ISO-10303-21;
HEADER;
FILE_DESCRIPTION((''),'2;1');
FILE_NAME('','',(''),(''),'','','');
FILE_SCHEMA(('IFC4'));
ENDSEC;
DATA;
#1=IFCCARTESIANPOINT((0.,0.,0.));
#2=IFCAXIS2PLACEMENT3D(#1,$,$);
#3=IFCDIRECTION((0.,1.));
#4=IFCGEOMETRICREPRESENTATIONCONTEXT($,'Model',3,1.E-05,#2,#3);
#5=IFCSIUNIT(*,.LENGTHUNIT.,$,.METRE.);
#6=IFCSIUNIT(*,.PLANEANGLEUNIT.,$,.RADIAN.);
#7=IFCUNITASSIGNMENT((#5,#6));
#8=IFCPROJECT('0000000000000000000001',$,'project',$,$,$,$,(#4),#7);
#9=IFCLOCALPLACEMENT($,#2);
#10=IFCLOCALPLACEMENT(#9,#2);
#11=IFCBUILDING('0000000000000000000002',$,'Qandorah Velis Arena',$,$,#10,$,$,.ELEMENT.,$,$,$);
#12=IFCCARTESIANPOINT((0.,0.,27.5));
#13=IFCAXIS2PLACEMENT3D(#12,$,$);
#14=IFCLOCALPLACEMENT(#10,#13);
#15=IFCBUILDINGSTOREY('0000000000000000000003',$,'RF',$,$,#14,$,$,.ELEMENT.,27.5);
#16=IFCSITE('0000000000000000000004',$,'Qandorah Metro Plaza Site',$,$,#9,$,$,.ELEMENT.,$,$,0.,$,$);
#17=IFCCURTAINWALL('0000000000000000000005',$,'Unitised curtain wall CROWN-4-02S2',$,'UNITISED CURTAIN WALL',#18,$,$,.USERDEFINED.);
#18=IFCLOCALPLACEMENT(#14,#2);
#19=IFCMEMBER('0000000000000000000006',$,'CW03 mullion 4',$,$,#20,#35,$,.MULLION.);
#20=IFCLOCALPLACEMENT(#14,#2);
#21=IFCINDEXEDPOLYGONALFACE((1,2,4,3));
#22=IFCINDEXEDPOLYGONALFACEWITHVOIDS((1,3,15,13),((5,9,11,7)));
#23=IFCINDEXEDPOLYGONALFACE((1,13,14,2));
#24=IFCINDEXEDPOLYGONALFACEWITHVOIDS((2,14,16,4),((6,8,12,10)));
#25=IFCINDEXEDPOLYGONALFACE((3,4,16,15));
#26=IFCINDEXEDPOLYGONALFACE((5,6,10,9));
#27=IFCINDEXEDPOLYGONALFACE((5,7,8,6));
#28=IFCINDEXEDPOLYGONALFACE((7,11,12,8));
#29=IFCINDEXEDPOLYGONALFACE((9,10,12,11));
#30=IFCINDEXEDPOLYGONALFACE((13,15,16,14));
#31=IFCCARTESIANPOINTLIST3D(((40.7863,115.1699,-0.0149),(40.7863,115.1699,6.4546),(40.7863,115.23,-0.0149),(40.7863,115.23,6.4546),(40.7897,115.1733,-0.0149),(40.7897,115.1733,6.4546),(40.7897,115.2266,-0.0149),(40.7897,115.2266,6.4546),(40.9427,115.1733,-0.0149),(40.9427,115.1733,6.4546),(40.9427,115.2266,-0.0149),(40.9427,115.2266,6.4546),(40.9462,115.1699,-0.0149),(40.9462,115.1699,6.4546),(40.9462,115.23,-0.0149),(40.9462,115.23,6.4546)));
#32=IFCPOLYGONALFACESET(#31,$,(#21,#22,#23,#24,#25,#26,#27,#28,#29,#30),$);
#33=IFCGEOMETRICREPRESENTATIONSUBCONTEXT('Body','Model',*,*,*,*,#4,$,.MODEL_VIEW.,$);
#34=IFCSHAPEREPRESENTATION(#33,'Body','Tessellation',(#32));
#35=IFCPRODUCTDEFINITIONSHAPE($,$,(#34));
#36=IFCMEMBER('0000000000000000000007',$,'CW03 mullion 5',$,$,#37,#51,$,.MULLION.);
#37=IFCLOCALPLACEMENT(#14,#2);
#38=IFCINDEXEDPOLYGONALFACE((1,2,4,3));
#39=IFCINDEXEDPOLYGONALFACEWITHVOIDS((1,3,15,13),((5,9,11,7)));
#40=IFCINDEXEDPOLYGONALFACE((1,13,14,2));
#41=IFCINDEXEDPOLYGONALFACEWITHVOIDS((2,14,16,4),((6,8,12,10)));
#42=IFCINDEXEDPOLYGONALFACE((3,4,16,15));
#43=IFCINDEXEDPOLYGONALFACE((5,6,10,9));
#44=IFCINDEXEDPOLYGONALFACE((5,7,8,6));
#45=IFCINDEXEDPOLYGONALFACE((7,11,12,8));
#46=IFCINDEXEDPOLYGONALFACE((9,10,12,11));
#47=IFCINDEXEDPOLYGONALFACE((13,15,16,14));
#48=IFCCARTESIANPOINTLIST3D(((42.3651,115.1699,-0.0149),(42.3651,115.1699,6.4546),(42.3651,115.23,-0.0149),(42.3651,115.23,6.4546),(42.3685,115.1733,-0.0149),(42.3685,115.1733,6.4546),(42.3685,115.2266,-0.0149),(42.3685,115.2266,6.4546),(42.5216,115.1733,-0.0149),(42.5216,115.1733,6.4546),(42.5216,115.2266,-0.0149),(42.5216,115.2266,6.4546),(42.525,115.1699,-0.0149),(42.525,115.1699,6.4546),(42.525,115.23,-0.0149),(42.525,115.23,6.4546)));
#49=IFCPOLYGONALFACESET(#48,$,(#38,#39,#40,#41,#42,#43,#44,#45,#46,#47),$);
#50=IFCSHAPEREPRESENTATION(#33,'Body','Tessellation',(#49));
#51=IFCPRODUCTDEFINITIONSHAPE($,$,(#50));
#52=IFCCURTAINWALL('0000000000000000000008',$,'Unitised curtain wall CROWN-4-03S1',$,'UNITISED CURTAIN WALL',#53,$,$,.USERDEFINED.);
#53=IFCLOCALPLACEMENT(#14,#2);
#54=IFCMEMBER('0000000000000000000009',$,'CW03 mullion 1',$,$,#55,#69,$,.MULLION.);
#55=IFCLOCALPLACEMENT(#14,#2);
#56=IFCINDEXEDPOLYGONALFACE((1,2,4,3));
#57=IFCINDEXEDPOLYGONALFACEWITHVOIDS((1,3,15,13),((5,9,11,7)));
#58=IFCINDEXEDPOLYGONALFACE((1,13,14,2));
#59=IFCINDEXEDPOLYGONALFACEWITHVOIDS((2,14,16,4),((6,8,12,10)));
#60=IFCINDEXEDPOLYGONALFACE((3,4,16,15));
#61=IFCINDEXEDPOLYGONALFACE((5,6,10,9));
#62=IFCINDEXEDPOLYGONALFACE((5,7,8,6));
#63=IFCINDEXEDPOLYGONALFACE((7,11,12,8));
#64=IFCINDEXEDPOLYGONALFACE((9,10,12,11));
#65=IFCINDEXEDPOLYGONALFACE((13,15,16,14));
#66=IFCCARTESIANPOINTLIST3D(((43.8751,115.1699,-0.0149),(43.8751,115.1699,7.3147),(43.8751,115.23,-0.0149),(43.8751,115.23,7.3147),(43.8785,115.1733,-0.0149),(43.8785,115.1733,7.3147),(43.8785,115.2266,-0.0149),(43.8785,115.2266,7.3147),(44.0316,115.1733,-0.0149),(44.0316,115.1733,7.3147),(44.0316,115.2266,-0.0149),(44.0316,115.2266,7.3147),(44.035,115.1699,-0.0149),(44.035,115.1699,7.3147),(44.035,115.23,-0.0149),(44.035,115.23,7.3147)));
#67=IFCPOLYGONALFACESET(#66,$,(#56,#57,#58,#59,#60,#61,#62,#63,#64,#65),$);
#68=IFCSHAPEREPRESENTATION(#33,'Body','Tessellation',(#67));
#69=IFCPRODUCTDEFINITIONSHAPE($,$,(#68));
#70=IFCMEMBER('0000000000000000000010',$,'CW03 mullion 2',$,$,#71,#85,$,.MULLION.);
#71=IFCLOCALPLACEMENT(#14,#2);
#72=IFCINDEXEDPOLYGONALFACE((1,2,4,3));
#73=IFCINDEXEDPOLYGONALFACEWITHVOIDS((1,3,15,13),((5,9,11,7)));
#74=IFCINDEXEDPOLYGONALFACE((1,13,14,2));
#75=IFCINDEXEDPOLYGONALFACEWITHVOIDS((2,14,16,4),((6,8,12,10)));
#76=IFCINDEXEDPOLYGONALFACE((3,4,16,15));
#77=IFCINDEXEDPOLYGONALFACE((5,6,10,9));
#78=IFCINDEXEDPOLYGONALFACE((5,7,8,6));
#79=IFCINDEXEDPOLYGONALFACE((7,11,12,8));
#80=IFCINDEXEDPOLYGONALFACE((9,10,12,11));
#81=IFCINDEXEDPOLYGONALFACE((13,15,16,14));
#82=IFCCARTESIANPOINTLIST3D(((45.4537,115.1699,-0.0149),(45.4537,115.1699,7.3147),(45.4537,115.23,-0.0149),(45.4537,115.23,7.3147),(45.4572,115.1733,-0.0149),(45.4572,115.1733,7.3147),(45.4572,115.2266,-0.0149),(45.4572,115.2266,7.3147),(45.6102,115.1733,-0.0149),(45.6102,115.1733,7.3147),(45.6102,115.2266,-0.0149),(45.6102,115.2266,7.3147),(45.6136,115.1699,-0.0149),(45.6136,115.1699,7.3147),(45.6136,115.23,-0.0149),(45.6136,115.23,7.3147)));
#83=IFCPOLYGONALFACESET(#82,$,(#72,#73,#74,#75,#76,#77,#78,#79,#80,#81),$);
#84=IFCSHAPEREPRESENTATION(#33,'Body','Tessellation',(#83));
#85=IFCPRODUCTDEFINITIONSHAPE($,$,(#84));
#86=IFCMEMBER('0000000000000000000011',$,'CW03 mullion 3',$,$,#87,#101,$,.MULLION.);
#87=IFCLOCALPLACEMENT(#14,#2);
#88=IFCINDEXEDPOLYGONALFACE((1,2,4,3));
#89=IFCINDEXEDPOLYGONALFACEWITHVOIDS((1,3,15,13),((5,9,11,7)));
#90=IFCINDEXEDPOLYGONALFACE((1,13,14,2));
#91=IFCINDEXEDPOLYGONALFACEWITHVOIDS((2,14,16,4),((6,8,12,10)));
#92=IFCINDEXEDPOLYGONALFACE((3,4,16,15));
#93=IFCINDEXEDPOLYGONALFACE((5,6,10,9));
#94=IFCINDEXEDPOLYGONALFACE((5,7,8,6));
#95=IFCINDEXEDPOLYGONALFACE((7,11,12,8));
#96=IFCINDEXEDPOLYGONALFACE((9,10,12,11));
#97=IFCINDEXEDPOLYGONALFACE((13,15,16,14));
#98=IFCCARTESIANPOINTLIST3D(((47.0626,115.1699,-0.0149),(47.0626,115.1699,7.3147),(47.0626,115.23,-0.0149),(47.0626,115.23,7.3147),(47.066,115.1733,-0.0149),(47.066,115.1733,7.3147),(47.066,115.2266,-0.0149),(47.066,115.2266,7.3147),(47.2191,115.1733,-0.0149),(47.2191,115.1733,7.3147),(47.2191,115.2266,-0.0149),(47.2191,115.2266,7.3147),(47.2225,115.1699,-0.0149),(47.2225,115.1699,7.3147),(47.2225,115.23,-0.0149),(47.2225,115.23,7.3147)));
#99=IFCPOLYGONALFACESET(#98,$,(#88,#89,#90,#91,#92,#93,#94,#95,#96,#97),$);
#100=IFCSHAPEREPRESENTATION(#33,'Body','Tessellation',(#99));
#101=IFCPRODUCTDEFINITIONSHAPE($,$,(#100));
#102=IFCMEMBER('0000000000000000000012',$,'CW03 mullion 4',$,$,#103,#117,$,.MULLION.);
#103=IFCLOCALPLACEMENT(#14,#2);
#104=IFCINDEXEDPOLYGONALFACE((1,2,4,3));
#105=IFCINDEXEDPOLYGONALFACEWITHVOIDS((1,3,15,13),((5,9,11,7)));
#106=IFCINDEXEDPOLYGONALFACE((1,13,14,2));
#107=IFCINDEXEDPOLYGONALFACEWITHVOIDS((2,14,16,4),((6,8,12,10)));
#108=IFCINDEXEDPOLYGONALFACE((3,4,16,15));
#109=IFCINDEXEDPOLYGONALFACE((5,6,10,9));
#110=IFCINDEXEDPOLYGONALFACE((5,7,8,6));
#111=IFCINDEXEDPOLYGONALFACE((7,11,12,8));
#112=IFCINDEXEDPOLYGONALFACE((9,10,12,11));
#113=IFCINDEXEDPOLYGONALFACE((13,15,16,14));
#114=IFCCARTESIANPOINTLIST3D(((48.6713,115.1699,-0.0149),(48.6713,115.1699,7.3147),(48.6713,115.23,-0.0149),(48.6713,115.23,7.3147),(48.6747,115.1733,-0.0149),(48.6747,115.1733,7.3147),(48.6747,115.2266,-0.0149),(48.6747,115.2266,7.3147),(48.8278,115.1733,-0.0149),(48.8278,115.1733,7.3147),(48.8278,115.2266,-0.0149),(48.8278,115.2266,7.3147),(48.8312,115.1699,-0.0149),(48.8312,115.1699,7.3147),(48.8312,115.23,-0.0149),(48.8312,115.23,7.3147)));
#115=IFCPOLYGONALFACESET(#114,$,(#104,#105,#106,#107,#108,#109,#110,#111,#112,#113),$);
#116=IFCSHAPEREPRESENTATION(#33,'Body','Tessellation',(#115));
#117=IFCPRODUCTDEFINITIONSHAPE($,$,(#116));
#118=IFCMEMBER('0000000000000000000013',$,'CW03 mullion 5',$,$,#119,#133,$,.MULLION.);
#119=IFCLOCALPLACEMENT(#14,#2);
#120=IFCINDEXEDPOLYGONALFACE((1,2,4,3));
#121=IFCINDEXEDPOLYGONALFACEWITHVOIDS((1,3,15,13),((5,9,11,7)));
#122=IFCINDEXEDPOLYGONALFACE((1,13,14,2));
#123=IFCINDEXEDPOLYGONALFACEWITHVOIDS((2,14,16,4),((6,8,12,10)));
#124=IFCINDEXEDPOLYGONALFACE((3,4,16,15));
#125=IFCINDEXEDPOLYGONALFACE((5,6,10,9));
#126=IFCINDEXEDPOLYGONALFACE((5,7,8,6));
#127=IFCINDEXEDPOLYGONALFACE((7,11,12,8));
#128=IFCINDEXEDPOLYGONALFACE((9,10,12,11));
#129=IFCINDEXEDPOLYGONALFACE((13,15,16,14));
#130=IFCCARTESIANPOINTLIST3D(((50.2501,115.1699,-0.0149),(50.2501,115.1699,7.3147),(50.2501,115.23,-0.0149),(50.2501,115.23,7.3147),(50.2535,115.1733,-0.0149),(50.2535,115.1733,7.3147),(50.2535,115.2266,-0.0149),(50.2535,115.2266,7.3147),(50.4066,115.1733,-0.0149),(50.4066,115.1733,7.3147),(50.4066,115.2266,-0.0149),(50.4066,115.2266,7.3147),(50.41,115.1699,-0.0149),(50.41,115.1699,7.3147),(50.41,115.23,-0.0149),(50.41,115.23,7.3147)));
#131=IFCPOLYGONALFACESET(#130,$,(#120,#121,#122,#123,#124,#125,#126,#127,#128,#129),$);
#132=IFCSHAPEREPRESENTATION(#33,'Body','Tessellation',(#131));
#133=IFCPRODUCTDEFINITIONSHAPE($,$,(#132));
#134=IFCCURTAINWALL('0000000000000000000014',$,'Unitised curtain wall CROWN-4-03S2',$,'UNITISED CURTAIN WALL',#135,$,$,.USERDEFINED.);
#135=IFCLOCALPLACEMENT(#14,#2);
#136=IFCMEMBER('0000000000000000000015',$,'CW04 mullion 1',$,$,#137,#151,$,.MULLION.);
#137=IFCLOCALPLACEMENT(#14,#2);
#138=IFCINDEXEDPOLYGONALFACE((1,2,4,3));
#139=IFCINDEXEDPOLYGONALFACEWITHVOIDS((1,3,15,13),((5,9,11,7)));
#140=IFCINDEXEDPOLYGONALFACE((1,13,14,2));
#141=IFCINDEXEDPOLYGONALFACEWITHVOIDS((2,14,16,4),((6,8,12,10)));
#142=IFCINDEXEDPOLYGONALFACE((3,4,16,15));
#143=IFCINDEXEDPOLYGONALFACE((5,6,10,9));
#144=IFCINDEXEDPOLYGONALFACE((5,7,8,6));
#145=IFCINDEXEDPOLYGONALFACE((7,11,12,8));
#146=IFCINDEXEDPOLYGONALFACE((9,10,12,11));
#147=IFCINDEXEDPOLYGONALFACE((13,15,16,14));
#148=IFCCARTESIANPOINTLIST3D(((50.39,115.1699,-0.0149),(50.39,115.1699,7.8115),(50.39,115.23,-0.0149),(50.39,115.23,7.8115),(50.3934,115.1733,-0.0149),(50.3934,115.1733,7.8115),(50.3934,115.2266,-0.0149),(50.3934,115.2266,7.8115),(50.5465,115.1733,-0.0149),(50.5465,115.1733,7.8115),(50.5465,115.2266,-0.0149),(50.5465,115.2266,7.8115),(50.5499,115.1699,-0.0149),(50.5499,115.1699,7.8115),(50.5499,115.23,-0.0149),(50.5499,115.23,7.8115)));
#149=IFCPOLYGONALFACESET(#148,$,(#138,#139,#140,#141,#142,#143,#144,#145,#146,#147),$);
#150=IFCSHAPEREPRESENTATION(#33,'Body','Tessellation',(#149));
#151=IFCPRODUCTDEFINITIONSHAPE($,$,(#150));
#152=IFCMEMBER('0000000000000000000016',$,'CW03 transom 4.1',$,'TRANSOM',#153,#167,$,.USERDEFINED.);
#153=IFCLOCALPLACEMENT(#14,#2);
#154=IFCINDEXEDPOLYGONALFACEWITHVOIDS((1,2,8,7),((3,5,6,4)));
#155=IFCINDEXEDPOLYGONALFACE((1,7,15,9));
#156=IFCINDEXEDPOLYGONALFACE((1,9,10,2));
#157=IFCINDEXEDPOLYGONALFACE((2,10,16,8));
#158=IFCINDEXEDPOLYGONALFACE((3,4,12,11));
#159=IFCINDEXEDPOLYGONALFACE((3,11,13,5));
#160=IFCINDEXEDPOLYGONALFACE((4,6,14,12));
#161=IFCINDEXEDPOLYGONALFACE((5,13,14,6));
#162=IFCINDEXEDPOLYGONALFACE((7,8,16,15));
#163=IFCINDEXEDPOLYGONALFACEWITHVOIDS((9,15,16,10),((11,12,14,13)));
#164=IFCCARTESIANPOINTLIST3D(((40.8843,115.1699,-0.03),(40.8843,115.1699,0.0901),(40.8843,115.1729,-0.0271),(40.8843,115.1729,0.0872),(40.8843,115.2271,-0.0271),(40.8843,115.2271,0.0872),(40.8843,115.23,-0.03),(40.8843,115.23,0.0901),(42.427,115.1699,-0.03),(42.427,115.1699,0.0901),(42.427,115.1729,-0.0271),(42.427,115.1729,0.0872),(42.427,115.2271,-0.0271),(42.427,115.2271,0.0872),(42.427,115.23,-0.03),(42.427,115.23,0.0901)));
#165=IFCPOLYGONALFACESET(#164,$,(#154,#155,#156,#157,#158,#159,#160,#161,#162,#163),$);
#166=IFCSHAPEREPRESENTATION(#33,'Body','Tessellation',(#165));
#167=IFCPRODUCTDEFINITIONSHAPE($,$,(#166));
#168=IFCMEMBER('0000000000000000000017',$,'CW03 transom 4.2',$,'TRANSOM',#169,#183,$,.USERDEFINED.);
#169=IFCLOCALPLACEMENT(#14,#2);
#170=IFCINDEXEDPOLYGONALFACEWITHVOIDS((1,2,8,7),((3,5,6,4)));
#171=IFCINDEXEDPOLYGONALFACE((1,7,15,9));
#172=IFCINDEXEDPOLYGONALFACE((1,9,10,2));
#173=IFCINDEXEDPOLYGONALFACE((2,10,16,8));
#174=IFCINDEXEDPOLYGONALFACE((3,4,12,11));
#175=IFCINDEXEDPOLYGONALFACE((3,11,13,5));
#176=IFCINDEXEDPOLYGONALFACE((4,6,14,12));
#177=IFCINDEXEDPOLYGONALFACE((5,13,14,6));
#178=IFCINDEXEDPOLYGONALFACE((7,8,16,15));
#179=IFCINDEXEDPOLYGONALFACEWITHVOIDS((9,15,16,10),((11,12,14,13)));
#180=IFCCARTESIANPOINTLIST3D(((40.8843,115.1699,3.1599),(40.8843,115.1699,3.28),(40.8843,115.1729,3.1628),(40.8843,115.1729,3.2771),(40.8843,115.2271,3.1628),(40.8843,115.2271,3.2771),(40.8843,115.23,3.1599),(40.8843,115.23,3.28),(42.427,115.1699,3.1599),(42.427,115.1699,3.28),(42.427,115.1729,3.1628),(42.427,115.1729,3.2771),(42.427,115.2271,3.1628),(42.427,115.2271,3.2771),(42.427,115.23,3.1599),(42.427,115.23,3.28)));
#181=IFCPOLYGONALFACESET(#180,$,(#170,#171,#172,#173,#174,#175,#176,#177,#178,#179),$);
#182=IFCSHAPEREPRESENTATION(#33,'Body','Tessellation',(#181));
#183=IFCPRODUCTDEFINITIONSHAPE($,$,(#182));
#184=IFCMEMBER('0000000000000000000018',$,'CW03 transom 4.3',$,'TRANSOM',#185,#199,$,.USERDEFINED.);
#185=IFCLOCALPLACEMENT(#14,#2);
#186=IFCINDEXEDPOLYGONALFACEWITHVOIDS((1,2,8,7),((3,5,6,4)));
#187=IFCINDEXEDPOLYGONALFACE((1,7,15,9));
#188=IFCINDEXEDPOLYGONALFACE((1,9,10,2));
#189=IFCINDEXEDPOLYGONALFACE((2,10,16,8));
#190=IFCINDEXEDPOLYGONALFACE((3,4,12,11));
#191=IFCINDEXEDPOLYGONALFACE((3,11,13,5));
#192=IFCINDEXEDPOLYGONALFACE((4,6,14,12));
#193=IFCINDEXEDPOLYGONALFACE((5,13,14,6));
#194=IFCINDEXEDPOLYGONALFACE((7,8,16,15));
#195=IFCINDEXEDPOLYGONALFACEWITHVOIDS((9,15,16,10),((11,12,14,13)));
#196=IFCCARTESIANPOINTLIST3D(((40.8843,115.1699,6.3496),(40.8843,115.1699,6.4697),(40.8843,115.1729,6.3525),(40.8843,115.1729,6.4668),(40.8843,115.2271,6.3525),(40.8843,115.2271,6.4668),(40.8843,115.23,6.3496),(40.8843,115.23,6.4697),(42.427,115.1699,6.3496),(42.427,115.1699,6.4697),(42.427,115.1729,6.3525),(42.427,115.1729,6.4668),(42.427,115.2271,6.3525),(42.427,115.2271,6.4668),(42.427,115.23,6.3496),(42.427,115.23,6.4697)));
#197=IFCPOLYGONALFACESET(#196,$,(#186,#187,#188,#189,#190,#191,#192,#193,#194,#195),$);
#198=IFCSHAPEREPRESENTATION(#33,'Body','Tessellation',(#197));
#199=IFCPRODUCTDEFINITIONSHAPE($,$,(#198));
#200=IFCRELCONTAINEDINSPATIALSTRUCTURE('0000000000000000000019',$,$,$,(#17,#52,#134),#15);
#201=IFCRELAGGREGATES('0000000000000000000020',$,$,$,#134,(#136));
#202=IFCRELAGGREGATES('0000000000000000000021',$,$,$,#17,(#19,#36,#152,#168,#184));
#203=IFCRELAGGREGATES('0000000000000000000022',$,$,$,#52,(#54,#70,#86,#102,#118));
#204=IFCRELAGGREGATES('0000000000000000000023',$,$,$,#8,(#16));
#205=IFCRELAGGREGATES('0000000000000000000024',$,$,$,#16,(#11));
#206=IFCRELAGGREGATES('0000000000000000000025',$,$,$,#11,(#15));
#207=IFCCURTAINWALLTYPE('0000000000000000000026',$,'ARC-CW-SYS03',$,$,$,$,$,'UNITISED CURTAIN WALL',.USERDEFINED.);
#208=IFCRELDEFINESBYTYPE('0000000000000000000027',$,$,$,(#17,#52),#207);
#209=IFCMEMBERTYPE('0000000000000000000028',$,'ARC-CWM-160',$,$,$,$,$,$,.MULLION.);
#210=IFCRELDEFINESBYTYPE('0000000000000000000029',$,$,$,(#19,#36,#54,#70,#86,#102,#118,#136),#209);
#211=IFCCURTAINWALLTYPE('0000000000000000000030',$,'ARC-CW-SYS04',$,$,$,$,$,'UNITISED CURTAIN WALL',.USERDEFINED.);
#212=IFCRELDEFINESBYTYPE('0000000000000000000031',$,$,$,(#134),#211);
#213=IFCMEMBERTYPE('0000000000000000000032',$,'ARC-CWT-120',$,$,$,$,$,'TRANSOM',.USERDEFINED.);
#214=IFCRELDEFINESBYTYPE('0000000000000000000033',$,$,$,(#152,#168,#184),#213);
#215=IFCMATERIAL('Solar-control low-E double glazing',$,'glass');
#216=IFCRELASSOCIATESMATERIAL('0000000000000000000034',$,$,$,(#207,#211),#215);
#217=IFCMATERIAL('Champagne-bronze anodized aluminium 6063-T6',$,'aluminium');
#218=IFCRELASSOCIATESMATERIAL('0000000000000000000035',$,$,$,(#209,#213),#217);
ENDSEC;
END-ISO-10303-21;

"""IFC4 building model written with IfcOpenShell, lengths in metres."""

from ifc_helpers import new_model, si_unit, direction, frame, origin, origin_2d, place, context, subcontext, project, spatial, hollow_rectangle, extrude, material, material_profile, profile_set, type_object, element, aggregate, save


model = new_model("IFC4")

# Units and contexts
model_context = context("Model", 3, precision=1e-05, world=origin(), true_north=direction((0.0, 1.0)))
body_context = subcontext(model_context, "Body", "Model", "MODEL_VIEW")
ifc_project = project(units=[si_unit("LENGTHUNIT", "METRE"), si_unit("PLANEANGLEUNIT", "RADIAN")], contexts=[model_context])

# Site, building, storey
site_placement = place(None, origin())
site = spatial("IfcSite", under=ifc_project, at=site_placement, Name="Qandorah Metro Plaza Site", CompositionType="ELEMENT", RefElevation=0.0)
building_placement = place(site_placement, origin())
building = spatial("IfcBuilding", under=site, at=building_placement, Name="Qandorah Velis Arena", CompositionType="ELEMENT")
storey_placement = place(building_placement, frame((0.0, 0.0, 27.5)))
storey = spatial("IfcBuildingStorey", under=building, at=storey_placement, Name="RF", CompositionType="ELEMENT", Elevation=27.5)

# Curtain walls, members
ifc_material_1 = material(Name="Solar-control low-E double glazing", Category="glass")
curtain_wall_type_1 = type_object("IfcCurtainWallType", Name="ARC-CW-SYS03", ElementType="UNITISED CURTAIN WALL", PredefinedType="USERDEFINED", material=ifc_material_1)
curtain_wall_1_placement = place(storey_placement, origin())
curtain_wall_1 = element("IfcCurtainWall", 1, at=curtain_wall_1_placement, inside=storey, type_object=curtain_wall_type_1, Name="Unitised curtain wall CROWN-4-02S2", ObjectType="UNITISED CURTAIN WALL", PredefinedType="USERDEFINED")
ifc_material_2 = material(Name="Champagne-bronze anodized aluminium 6063-T6", Category="aluminium")
ifc_material_profile_1 = material_profile(ifc_material_2, hollow_rectangle(XDim=0.0601, YDim=0.1599, WallThickness=0.0034, at=origin_2d()), Name="ALU MULLION 60x160")
ifc_profile_set_1 = profile_set([ifc_material_profile_1], Name="Champagne-bronze anodized aluminium 6063-T6")
member_type_1 = type_object("IfcMemberType", Name="ARC-CWM-160", PredefinedType="MULLION", material=ifc_profile_set_1)
member_1_placement = place(storey_placement, frame((40.8662, 115.2, -0.0149), z_axis=(0.0, 0.0, 1.0), x_axis=(0.0, 1.0, 0.0)))
member_1 = element("IfcMember", 2, at=member_1_placement, type_object=member_type_1, Name="CW03 mullion 4", PredefinedType="MULLION", context=body_context, shape_type="SweptSolid", body=[
    extrude(hollow_rectangle(XDim=0.0601, YDim=0.1599, WallThickness=0.0034, at=origin_2d()), origin(), (0.0, 0.0, 1.0), 6.4695),
])
member_2_placement = place(storey_placement, frame((42.4451, 115.2, -0.0149), z_axis=(0.0, 0.0, 1.0), x_axis=(0.0, 1.0, 0.0)))
member_2 = element("IfcMember", 3, at=member_2_placement, type_object=member_type_1, Name="CW03 mullion 5", PredefinedType="MULLION", context=body_context, shape_type="SweptSolid", body=[
    extrude(hollow_rectangle(XDim=0.0601, YDim=0.1599, WallThickness=0.0034, at=origin_2d()), origin(), (0.0, 0.0, 1.0), 6.4695),
])
curtain_wall_2_placement = place(storey_placement, origin())
curtain_wall_2 = element("IfcCurtainWall", 4, at=curtain_wall_2_placement, inside=storey, type_object=curtain_wall_type_1, Name="Unitised curtain wall CROWN-4-03S1", ObjectType="UNITISED CURTAIN WALL", PredefinedType="USERDEFINED")
member_3_placement = place(storey_placement, frame((43.9551, 115.2, -0.0149), z_axis=(0.0, 0.0, 1.0), x_axis=(0.0, 1.0, 0.0)))
member_3 = element("IfcMember", 5, at=member_3_placement, type_object=member_type_1, Name="CW03 mullion 1", PredefinedType="MULLION", context=body_context, shape_type="SweptSolid", body=[
    extrude(hollow_rectangle(XDim=0.0601, YDim=0.1599, WallThickness=0.0034, at=origin_2d()), origin(), (0.0, 0.0, 1.0), 7.3296),
])
member_4_placement = place(storey_placement, frame((45.5337, 115.2, -0.0149), z_axis=(0.0, 0.0, 1.0), x_axis=(0.0, 1.0, 0.0)))
member_4 = element("IfcMember", 6, at=member_4_placement, type_object=member_type_1, Name="CW03 mullion 2", PredefinedType="MULLION", context=body_context, shape_type="SweptSolid", body=[
    extrude(hollow_rectangle(XDim=0.0601, YDim=0.1599, WallThickness=0.0034, at=origin_2d()), origin(), (0.0, 0.0, 1.0), 7.3296),
])
member_5_placement = place(storey_placement, frame((47.1426, 115.2, -0.0149), z_axis=(0.0, 0.0, 1.0), x_axis=(0.0, 1.0, 0.0)))
member_5 = element("IfcMember", 7, at=member_5_placement, type_object=member_type_1, Name="CW03 mullion 3", PredefinedType="MULLION", context=body_context, shape_type="SweptSolid", body=[
    extrude(hollow_rectangle(XDim=0.0601, YDim=0.1599, WallThickness=0.0034, at=origin_2d()), origin(), (0.0, 0.0, 1.0), 7.3296),
])
member_6_placement = place(storey_placement, frame((48.7512, 115.2, -0.0149), z_axis=(0.0, 0.0, 1.0), x_axis=(0.0, 1.0, 0.0)))
member_6 = element("IfcMember", 8, at=member_6_placement, type_object=member_type_1, Name="CW03 mullion 4", PredefinedType="MULLION", context=body_context, shape_type="SweptSolid", body=[
    extrude(hollow_rectangle(XDim=0.0601, YDim=0.1599, WallThickness=0.0034, at=origin_2d()), origin(), (0.0, 0.0, 1.0), 7.3296),
])
member_7_placement = place(storey_placement, frame((50.3301, 115.2, -0.0149), z_axis=(0.0, 0.0, 1.0), x_axis=(0.0, 1.0, 0.0)))
member_7 = element("IfcMember", 9, at=member_7_placement, type_object=member_type_1, Name="CW03 mullion 5", PredefinedType="MULLION", context=body_context, shape_type="SweptSolid", body=[
    extrude(hollow_rectangle(XDim=0.0601, YDim=0.1599, WallThickness=0.0034, at=origin_2d()), origin(), (0.0, 0.0, 1.0), 7.3296),
])

# Curtain wall, member
curtain_wall_type_2 = type_object("IfcCurtainWallType", Name="ARC-CW-SYS04", ElementType="UNITISED CURTAIN WALL", PredefinedType="USERDEFINED", material=ifc_material_1)
curtain_wall_3_placement = place(storey_placement, origin())
curtain_wall_3 = element("IfcCurtainWall", 10, at=curtain_wall_3_placement, inside=storey, type_object=curtain_wall_type_2, Name="Unitised curtain wall CROWN-4-03S2", ObjectType="UNITISED CURTAIN WALL", PredefinedType="USERDEFINED")
member_8_placement = place(storey_placement, frame((50.47, 115.2, -0.0149), z_axis=(0.0, 0.0, 1.0), x_axis=(0.0, 1.0, 0.0)))
member_8 = element("IfcMember", 11, at=member_8_placement, type_object=member_type_1, Name="CW04 mullion 1", PredefinedType="MULLION", context=body_context, shape_type="SweptSolid", body=[
    extrude(hollow_rectangle(XDim=0.0601, YDim=0.1599, WallThickness=0.0034, at=origin_2d()), origin(), (0.0, 0.0, 1.0), 7.8264),
])
aggregate(curtain_wall_3, [member_8])

# Members
ifc_material_profile_2 = material_profile(ifc_material_2, hollow_rectangle(XDim=0.0601, YDim=0.1201, WallThickness=0.0029, at=origin_2d()), Name="ALU TRANSOM 60x120")
ifc_profile_set_2 = profile_set([ifc_material_profile_2], Name="Champagne-bronze anodized aluminium 6063-T6")
member_type_2 = type_object("IfcMemberType", Name="ARC-CWT-120", ElementType="TRANSOM", PredefinedType="USERDEFINED", material=ifc_profile_set_2)
member_9_placement = place(storey_placement, frame((40.8843, 115.2, 0.03), z_axis=(1.0, 0.0, 0.0), x_axis=(0.0, 1.0, 0.0)))
member_9 = element("IfcMember", 12, at=member_9_placement, type_object=member_type_2, Name="CW03 transom 4.1", ObjectType="TRANSOM", PredefinedType="USERDEFINED", context=body_context, shape_type="SweptSolid", body=[
    extrude(hollow_rectangle(XDim=0.0601, YDim=0.1201, WallThickness=0.0029, at=origin_2d()), origin(), (0.0, 0.0, 1.0), 1.5427),
])
member_10_placement = place(storey_placement, frame((40.8843, 115.2, 3.22), z_axis=(1.0, 0.0, 0.0), x_axis=(0.0, 1.0, 0.0)))
member_10 = element("IfcMember", 13, at=member_10_placement, type_object=member_type_2, Name="CW03 transom 4.2", ObjectType="TRANSOM", PredefinedType="USERDEFINED", context=body_context, shape_type="SweptSolid", body=[
    extrude(hollow_rectangle(XDim=0.0601, YDim=0.1201, WallThickness=0.0029, at=origin_2d()), origin(), (0.0, 0.0, 1.0), 1.5427),
])
member_11_placement = place(storey_placement, frame((40.8843, 115.2, 6.4097), z_axis=(1.0, 0.0, 0.0), x_axis=(0.0, 1.0, 0.0)))
member_11 = element("IfcMember", 14, at=member_11_placement, type_object=member_type_2, Name="CW03 transom 4.3", ObjectType="TRANSOM", PredefinedType="USERDEFINED", context=body_context, shape_type="SweptSolid", body=[
    extrude(hollow_rectangle(XDim=0.0601, YDim=0.1201, WallThickness=0.0029, at=origin_2d()), origin(), (0.0, 0.0, 1.0), 1.5427),
])

aggregate(curtain_wall_1, [member_1, member_2, member_9, member_10, member_11])
aggregate(curtain_wall_2, [member_3, member_4, member_5, member_6, member_7])

save(model, "model.ifc")
